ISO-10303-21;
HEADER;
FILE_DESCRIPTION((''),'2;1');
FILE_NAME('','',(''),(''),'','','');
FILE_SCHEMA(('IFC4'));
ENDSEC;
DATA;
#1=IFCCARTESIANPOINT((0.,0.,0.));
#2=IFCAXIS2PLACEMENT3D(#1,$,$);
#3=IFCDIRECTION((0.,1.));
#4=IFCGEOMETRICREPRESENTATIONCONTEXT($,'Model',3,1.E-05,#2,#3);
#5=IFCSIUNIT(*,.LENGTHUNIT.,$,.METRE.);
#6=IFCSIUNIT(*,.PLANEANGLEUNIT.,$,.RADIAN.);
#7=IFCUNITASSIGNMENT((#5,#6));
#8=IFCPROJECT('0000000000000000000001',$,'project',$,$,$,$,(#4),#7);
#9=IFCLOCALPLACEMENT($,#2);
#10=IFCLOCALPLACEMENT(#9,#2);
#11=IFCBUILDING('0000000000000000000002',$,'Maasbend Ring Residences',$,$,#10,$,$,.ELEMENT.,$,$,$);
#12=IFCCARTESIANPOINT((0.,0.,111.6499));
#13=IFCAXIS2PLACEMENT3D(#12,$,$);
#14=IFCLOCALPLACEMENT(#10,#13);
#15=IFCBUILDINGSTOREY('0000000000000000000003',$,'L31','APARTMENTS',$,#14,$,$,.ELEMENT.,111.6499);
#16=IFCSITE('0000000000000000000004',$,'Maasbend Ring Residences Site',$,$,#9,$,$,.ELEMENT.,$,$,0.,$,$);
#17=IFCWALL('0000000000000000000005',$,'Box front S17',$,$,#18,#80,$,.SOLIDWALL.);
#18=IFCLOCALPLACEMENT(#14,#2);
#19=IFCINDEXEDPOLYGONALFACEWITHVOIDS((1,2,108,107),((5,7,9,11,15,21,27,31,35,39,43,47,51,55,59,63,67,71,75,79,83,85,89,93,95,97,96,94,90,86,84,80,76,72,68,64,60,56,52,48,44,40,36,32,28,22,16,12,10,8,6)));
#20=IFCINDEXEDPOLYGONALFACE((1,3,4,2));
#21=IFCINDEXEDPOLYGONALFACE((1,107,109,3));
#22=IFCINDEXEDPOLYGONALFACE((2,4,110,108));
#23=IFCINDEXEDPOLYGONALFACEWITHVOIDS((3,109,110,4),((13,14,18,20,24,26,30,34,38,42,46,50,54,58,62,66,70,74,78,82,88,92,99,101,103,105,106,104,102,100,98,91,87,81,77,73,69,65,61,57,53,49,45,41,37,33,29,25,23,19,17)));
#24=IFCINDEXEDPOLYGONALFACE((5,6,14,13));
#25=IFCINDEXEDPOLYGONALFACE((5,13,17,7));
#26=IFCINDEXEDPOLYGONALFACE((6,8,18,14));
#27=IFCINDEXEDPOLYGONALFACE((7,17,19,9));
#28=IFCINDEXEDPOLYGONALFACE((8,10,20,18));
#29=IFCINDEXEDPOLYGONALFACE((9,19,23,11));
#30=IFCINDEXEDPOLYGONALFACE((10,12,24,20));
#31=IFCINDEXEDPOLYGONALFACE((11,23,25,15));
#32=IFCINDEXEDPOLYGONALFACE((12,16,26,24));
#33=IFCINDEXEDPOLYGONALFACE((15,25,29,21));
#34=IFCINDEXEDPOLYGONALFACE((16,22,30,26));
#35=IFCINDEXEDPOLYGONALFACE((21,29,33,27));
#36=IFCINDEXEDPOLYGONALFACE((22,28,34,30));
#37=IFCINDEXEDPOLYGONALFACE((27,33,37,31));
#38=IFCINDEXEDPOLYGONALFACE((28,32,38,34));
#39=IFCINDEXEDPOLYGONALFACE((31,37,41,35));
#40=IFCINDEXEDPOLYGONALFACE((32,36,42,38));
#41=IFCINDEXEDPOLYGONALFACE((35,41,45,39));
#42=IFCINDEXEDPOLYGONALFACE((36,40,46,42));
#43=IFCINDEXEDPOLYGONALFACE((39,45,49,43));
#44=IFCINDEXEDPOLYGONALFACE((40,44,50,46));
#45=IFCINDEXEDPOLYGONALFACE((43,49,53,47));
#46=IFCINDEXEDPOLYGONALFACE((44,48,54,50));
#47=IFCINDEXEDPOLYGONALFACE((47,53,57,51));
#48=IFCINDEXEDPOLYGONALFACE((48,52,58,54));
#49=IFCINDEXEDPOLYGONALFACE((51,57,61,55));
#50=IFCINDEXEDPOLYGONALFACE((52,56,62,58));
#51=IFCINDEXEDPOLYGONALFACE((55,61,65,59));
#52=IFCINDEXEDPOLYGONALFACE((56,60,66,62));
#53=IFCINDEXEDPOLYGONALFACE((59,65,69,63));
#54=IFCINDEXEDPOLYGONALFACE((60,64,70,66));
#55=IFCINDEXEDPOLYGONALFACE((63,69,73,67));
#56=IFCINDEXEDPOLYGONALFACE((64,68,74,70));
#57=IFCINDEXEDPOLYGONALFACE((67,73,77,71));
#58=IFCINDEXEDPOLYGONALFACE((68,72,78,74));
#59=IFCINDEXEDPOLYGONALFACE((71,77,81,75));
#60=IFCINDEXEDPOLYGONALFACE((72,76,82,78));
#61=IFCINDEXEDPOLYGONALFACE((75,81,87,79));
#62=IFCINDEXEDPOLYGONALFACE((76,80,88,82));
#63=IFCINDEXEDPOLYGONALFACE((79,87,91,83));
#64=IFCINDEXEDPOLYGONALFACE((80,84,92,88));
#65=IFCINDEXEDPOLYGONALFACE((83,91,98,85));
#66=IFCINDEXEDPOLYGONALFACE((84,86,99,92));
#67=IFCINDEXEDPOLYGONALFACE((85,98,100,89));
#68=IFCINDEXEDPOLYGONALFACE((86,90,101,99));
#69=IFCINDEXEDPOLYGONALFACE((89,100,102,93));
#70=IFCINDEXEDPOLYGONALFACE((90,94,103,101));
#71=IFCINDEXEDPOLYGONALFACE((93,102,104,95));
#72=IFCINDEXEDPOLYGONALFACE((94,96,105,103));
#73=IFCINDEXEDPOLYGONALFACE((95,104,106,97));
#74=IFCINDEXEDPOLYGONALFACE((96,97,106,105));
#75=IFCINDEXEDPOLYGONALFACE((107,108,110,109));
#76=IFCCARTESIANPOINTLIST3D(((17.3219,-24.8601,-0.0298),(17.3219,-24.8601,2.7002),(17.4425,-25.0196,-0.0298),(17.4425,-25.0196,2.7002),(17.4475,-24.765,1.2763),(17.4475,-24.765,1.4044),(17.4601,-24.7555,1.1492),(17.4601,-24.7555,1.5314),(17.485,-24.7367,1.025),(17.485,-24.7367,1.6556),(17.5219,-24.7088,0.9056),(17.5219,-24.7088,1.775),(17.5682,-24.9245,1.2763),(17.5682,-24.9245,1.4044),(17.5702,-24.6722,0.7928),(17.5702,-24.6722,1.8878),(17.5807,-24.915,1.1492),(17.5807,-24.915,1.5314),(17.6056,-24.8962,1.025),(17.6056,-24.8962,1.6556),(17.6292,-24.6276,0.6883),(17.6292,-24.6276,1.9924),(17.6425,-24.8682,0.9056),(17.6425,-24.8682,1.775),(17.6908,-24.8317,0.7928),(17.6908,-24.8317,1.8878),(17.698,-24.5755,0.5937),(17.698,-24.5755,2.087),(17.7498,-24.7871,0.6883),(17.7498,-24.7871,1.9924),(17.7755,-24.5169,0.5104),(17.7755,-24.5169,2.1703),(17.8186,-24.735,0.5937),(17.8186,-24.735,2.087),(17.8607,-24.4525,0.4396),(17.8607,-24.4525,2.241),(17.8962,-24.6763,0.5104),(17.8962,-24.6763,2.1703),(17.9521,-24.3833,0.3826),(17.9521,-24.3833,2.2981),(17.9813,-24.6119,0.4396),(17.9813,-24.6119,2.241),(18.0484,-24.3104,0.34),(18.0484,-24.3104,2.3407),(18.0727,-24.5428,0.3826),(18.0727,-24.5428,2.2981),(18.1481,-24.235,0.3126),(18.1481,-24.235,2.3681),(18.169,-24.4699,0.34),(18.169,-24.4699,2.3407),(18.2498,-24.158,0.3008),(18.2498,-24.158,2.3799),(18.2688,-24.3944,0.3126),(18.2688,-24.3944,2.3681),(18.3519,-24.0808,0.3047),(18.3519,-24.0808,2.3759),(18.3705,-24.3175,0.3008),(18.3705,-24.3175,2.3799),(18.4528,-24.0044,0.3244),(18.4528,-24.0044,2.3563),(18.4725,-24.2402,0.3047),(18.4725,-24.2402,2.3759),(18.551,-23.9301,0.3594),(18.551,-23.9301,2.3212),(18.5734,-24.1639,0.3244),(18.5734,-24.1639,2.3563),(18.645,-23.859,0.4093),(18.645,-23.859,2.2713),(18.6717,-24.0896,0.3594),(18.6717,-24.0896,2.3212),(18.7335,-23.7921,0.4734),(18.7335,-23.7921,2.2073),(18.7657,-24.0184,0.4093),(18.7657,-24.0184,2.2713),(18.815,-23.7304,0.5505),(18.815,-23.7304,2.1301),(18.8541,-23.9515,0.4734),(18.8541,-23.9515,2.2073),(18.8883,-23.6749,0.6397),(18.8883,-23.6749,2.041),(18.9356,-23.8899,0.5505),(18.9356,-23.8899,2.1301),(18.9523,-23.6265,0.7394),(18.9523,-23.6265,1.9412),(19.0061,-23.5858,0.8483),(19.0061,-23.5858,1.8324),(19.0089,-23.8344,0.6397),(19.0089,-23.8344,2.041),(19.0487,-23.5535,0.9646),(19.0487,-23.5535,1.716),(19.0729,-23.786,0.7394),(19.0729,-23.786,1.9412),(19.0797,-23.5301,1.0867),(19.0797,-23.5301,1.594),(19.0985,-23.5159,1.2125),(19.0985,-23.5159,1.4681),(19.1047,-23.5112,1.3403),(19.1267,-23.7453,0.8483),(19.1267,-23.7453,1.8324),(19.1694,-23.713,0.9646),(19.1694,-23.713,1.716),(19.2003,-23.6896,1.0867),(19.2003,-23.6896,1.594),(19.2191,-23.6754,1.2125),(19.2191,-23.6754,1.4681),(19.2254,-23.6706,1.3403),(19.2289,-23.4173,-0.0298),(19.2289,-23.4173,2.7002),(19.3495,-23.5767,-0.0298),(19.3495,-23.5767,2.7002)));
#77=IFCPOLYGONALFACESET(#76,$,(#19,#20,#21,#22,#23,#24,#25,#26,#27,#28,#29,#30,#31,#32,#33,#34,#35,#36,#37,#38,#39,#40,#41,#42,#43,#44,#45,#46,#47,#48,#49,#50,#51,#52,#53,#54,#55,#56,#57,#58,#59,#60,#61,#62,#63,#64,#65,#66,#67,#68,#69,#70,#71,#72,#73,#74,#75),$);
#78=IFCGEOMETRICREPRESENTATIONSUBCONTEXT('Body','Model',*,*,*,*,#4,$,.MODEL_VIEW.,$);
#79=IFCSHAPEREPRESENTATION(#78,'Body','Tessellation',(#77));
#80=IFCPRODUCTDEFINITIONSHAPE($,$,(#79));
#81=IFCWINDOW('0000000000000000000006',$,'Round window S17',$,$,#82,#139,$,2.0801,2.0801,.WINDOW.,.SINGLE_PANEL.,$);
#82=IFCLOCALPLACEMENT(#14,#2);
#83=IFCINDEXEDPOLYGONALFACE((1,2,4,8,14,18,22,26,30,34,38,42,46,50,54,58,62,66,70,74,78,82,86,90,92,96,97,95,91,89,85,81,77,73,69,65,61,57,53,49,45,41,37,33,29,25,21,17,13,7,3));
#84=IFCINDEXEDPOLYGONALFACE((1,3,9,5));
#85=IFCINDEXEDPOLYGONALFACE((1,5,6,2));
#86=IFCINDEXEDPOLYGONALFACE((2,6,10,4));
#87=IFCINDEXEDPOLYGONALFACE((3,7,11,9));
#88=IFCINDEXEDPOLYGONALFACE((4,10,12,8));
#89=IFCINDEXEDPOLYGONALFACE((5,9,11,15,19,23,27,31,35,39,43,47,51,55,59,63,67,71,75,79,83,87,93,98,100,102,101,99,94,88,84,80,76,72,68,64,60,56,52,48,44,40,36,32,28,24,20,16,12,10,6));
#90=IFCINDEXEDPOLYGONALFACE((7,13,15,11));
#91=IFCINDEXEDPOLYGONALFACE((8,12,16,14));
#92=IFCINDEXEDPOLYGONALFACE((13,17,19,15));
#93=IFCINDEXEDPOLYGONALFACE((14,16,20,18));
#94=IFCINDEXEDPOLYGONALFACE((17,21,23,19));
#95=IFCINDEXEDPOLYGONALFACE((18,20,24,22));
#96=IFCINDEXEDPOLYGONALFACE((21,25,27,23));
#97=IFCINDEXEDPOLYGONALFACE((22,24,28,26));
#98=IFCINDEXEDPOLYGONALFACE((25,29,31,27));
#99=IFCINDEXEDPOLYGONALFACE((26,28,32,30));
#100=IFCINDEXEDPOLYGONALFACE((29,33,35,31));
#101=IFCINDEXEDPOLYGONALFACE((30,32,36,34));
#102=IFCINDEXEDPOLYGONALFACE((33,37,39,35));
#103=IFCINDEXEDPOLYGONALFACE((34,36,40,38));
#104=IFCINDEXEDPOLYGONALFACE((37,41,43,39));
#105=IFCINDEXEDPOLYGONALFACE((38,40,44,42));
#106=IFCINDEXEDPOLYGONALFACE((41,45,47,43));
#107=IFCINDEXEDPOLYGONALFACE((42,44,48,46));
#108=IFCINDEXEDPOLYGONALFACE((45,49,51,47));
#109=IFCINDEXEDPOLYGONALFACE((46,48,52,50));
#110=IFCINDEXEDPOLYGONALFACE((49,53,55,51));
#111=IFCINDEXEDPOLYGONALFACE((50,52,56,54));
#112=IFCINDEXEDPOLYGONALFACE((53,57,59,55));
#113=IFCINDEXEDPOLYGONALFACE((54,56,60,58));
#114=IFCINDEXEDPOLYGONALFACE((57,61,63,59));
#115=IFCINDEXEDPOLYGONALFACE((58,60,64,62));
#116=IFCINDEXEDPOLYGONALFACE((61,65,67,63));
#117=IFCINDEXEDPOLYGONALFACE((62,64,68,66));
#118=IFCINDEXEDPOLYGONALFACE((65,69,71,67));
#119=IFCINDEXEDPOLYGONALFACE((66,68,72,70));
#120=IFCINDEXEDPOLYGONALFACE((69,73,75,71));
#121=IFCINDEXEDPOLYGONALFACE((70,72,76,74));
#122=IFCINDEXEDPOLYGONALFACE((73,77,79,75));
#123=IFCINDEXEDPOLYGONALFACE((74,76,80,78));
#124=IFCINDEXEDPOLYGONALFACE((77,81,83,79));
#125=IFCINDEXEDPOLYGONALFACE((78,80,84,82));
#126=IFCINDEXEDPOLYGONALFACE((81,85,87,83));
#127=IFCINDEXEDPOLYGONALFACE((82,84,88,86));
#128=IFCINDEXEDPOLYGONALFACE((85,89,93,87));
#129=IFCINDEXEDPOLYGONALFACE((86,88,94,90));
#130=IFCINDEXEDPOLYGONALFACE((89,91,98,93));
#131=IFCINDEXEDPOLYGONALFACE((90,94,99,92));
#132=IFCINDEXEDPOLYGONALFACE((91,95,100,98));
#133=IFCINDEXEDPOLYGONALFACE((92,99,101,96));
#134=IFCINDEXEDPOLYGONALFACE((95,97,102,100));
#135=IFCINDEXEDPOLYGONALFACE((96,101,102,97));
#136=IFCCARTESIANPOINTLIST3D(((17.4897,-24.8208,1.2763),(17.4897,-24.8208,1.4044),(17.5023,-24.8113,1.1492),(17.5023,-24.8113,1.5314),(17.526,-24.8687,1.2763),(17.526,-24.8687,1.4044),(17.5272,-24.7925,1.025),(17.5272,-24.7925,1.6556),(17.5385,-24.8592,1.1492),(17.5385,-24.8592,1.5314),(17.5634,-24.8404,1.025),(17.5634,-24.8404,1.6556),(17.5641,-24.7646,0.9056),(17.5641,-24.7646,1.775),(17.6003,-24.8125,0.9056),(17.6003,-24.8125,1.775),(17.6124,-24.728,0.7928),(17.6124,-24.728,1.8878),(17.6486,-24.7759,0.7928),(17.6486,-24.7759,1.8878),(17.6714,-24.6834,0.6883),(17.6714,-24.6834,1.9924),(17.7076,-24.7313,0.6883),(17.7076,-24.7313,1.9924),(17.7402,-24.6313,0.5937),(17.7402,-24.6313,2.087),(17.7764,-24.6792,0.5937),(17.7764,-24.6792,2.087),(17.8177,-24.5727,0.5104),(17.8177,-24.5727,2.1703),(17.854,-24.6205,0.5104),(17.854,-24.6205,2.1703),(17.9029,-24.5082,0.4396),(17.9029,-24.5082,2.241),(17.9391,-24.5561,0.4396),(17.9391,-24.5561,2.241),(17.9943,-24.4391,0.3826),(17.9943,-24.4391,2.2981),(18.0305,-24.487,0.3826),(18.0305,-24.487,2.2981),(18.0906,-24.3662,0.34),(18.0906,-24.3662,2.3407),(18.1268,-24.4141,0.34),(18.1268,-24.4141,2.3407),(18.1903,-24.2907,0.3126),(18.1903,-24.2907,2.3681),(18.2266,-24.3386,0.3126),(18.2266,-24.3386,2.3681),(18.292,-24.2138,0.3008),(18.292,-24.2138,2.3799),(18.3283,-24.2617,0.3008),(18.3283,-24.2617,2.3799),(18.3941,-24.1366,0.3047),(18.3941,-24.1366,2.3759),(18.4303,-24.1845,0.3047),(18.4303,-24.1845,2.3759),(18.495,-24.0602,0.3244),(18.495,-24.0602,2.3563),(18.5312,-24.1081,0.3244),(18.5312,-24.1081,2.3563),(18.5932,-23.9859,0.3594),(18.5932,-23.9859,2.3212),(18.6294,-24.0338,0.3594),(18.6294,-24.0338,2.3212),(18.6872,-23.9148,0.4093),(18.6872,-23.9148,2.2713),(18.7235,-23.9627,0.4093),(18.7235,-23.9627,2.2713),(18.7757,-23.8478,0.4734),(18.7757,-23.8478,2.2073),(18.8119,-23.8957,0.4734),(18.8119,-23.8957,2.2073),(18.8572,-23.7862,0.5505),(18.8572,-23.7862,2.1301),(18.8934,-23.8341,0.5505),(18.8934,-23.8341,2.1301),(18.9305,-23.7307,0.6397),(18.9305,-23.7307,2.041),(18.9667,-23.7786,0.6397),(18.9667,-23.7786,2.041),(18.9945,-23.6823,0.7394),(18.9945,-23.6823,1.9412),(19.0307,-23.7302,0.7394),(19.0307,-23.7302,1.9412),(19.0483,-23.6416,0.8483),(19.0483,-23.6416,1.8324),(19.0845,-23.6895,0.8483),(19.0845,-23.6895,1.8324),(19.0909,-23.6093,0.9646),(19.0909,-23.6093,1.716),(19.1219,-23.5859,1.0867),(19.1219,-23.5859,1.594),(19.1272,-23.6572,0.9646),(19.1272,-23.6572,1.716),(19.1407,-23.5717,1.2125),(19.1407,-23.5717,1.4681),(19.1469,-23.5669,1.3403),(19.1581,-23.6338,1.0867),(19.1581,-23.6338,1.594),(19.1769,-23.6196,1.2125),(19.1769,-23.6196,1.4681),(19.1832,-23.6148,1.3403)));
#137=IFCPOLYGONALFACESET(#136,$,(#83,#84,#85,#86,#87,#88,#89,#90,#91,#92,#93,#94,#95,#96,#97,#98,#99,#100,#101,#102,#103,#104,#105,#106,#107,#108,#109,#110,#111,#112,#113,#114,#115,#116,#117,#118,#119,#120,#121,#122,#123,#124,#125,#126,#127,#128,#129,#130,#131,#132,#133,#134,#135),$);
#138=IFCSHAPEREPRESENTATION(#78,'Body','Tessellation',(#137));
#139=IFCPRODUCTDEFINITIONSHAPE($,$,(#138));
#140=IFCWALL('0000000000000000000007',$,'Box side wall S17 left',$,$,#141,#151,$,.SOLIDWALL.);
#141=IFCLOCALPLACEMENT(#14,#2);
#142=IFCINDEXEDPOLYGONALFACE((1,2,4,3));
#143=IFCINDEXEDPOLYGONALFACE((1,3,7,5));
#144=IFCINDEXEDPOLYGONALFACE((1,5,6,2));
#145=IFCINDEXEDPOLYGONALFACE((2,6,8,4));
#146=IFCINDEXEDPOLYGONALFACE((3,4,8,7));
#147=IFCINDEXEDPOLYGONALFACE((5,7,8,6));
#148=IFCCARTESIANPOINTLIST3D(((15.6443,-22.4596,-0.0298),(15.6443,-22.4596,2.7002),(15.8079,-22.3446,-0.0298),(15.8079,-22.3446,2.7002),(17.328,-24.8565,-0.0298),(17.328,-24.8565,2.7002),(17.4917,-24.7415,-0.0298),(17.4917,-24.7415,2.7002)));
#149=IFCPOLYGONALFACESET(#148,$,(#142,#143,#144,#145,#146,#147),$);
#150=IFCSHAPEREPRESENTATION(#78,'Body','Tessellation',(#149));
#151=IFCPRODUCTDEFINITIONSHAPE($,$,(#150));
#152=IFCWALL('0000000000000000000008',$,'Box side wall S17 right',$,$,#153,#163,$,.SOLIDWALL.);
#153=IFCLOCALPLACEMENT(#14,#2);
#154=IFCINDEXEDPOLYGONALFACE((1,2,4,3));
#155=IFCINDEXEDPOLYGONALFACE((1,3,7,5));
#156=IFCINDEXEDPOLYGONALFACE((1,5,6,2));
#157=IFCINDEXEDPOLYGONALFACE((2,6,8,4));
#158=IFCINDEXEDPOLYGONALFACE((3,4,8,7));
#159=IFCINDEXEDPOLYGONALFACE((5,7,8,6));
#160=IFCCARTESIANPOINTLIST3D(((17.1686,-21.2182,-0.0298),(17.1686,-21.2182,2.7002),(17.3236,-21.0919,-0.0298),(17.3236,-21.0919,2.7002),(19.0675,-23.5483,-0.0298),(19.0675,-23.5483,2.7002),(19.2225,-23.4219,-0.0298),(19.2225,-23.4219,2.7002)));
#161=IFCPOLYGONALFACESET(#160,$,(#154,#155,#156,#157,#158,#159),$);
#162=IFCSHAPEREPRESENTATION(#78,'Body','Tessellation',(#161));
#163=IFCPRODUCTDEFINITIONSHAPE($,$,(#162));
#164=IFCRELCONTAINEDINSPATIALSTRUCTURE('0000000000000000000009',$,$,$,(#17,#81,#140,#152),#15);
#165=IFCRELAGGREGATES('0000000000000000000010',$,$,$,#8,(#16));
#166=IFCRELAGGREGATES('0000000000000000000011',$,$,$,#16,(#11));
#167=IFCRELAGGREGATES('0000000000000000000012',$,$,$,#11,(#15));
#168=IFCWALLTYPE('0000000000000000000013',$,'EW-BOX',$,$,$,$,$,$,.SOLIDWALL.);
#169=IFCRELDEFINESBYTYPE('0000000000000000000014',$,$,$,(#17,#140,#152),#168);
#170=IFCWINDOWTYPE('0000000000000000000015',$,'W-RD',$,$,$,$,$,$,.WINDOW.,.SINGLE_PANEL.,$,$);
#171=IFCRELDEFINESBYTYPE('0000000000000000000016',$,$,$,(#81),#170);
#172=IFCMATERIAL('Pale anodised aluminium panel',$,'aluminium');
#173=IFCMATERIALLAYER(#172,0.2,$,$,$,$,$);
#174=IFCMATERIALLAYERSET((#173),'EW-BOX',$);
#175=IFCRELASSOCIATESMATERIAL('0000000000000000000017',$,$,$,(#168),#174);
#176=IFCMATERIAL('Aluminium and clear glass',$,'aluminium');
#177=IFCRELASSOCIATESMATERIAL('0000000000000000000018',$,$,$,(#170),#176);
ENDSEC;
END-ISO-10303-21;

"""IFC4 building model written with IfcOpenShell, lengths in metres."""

from ifc_helpers import new_model, si_unit, direction, frame, frame_2d, origin, place, context, subcontext, project, spatial, rectangle, circle, extrude, material, layer, layer_set, type_object, element, fill, save


model = new_model("IFC4")

# Units and contexts
model_context = context("Model", 3, precision=1e-05, world=origin(), true_north=direction((0.0, 1.0)))
body_context = subcontext(model_context, "Body", "Model", "MODEL_VIEW")
ifc_project = project(units=[si_unit("LENGTHUNIT", "METRE"), si_unit("PLANEANGLEUNIT", "RADIAN")], contexts=[model_context])

# Site, building, storey
site_placement = place(None, origin())
site = spatial("IfcSite", under=ifc_project, at=site_placement, Name="Maasbend Ring Residences Site", CompositionType="ELEMENT", RefElevation=0.0)
building_placement = place(site_placement, origin())
building = spatial("IfcBuilding", under=site, at=building_placement, Name="Maasbend Ring Residences", CompositionType="ELEMENT")
storey_placement = place(building_placement, frame((0.0, 0.0, 111.6499)))
storey = spatial("IfcBuildingStorey", under=building, at=storey_placement, Name="L31", Description="APARTMENTS", CompositionType="ELEMENT", Elevation=111.6499)

# Shared definitions
ifc_material_1 = material(Name="Pale anodised aluminium panel", Category="aluminium")
ifc_layer_1 = layer(ifc_material_1, 0.2)
ifc_layer_set_1 = layer_set([ifc_layer_1], Name="EW-BOX")
wall_type_1 = type_object("IfcWallType", Name="EW-BOX", PredefinedType="SOLIDWALL", material=ifc_layer_set_1)
ifc_material_2 = material(Name="Aluminium and clear glass", Category="aluminium")
window_type_1 = type_object("IfcWindowType", Name="W-RD", PartitioningType="SINGLE_PANEL", PredefinedType="WINDOW", material=ifc_material_2)

# Wall, opening, window
wall_1_placement = place(storey_placement, frame((17.3821, -24.9399, -0.0298), z_axis=(0.0, 0.0, 1.0), x_axis=(0.797457, 0.603376, 0.0)))
wall_1 = element("IfcWall", 1, at=wall_1_placement, inside=storey, type_object=wall_type_1, Name="Box front S17", PredefinedType="SOLIDWALL", context=body_context, shape_type="SweptSolid", body=[
    extrude(rectangle(XDim=2.3914, YDim=0.2, at=frame_2d((1.1958, 0.0))), origin(), (0.0, 0.0, 1.0), 2.73),
])
opening_1_placement = place(wall_1_placement, frame((0.1558, 0.0, 0.3301)))
opening_1 = element("IfcOpeningElement", 2, at=opening_1_placement, cuts=wall_1, PredefinedType="OPENING", context=body_context, shape_type="SweptSolid", body=[
    extrude(circle(Radius=1.04, at=frame_2d((1.04, 1.04))), frame((0.0, 0.1099, 0.0), z_axis=(0.0, -1.0, 0.0), x_axis=(1.0, 0.0, 0.0)), (0.0, 0.0, 1.0), 0.22),
])
window_1_placement = place(opening_1_placement, origin())
window_1 = element("IfcWindow", 3, at=window_1_placement, inside=storey, type_object=window_type_1, Name="Round window S17", OverallHeight=2.0801, OverallWidth=2.0801, PartitioningType="SINGLE_PANEL", PredefinedType="WINDOW", context=body_context, shape_type="SweptSolid", body=[
    extrude(circle(Radius=1.04, at=frame_2d((1.04, 1.04))), frame((0.0, 0.03, 0.0), z_axis=(0.0, -1.0, 0.0), x_axis=(1.0, 0.0, 0.0)), (0.0, 0.0, 1.0), 0.0601),
])
fill(opening_1, window_1)

# Walls
wall_2_placement = place(storey_placement, frame((15.7261, -22.4021, -0.0298), z_axis=(0.0, 0.0, 1.0), x_axis=(0.574826, -0.818275, 0.0)))
element("IfcWall", 4, at=wall_2_placement, inside=storey, type_object=wall_type_1, Name="Box side wall S17 left", PredefinedType="SOLIDWALL", context=body_context, shape_type="SweptSolid", body=[
    extrude(rectangle(XDim=2.9292, YDim=0.2, at=frame_2d((1.4646, 0.0))), origin(), (0.0, 0.0, 1.0), 2.73),
])
wall_3_placement = place(storey_placement, frame((17.2461, -21.155, -0.0298), z_axis=(0.0, 0.0, 1.0), x_axis=(0.631742, -0.775179, 0.0)))
element("IfcWall", 5, at=wall_3_placement, inside=storey, type_object=wall_type_1, Name="Box side wall S17 right", PredefinedType="SOLIDWALL", context=body_context, shape_type="SweptSolid", body=[
    extrude(rectangle(XDim=3.0059, YDim=0.2, at=frame_2d((1.5029, 0.0))), origin(), (0.0, 0.0, 1.0), 2.73),
])

save(model, "model.ifc")
